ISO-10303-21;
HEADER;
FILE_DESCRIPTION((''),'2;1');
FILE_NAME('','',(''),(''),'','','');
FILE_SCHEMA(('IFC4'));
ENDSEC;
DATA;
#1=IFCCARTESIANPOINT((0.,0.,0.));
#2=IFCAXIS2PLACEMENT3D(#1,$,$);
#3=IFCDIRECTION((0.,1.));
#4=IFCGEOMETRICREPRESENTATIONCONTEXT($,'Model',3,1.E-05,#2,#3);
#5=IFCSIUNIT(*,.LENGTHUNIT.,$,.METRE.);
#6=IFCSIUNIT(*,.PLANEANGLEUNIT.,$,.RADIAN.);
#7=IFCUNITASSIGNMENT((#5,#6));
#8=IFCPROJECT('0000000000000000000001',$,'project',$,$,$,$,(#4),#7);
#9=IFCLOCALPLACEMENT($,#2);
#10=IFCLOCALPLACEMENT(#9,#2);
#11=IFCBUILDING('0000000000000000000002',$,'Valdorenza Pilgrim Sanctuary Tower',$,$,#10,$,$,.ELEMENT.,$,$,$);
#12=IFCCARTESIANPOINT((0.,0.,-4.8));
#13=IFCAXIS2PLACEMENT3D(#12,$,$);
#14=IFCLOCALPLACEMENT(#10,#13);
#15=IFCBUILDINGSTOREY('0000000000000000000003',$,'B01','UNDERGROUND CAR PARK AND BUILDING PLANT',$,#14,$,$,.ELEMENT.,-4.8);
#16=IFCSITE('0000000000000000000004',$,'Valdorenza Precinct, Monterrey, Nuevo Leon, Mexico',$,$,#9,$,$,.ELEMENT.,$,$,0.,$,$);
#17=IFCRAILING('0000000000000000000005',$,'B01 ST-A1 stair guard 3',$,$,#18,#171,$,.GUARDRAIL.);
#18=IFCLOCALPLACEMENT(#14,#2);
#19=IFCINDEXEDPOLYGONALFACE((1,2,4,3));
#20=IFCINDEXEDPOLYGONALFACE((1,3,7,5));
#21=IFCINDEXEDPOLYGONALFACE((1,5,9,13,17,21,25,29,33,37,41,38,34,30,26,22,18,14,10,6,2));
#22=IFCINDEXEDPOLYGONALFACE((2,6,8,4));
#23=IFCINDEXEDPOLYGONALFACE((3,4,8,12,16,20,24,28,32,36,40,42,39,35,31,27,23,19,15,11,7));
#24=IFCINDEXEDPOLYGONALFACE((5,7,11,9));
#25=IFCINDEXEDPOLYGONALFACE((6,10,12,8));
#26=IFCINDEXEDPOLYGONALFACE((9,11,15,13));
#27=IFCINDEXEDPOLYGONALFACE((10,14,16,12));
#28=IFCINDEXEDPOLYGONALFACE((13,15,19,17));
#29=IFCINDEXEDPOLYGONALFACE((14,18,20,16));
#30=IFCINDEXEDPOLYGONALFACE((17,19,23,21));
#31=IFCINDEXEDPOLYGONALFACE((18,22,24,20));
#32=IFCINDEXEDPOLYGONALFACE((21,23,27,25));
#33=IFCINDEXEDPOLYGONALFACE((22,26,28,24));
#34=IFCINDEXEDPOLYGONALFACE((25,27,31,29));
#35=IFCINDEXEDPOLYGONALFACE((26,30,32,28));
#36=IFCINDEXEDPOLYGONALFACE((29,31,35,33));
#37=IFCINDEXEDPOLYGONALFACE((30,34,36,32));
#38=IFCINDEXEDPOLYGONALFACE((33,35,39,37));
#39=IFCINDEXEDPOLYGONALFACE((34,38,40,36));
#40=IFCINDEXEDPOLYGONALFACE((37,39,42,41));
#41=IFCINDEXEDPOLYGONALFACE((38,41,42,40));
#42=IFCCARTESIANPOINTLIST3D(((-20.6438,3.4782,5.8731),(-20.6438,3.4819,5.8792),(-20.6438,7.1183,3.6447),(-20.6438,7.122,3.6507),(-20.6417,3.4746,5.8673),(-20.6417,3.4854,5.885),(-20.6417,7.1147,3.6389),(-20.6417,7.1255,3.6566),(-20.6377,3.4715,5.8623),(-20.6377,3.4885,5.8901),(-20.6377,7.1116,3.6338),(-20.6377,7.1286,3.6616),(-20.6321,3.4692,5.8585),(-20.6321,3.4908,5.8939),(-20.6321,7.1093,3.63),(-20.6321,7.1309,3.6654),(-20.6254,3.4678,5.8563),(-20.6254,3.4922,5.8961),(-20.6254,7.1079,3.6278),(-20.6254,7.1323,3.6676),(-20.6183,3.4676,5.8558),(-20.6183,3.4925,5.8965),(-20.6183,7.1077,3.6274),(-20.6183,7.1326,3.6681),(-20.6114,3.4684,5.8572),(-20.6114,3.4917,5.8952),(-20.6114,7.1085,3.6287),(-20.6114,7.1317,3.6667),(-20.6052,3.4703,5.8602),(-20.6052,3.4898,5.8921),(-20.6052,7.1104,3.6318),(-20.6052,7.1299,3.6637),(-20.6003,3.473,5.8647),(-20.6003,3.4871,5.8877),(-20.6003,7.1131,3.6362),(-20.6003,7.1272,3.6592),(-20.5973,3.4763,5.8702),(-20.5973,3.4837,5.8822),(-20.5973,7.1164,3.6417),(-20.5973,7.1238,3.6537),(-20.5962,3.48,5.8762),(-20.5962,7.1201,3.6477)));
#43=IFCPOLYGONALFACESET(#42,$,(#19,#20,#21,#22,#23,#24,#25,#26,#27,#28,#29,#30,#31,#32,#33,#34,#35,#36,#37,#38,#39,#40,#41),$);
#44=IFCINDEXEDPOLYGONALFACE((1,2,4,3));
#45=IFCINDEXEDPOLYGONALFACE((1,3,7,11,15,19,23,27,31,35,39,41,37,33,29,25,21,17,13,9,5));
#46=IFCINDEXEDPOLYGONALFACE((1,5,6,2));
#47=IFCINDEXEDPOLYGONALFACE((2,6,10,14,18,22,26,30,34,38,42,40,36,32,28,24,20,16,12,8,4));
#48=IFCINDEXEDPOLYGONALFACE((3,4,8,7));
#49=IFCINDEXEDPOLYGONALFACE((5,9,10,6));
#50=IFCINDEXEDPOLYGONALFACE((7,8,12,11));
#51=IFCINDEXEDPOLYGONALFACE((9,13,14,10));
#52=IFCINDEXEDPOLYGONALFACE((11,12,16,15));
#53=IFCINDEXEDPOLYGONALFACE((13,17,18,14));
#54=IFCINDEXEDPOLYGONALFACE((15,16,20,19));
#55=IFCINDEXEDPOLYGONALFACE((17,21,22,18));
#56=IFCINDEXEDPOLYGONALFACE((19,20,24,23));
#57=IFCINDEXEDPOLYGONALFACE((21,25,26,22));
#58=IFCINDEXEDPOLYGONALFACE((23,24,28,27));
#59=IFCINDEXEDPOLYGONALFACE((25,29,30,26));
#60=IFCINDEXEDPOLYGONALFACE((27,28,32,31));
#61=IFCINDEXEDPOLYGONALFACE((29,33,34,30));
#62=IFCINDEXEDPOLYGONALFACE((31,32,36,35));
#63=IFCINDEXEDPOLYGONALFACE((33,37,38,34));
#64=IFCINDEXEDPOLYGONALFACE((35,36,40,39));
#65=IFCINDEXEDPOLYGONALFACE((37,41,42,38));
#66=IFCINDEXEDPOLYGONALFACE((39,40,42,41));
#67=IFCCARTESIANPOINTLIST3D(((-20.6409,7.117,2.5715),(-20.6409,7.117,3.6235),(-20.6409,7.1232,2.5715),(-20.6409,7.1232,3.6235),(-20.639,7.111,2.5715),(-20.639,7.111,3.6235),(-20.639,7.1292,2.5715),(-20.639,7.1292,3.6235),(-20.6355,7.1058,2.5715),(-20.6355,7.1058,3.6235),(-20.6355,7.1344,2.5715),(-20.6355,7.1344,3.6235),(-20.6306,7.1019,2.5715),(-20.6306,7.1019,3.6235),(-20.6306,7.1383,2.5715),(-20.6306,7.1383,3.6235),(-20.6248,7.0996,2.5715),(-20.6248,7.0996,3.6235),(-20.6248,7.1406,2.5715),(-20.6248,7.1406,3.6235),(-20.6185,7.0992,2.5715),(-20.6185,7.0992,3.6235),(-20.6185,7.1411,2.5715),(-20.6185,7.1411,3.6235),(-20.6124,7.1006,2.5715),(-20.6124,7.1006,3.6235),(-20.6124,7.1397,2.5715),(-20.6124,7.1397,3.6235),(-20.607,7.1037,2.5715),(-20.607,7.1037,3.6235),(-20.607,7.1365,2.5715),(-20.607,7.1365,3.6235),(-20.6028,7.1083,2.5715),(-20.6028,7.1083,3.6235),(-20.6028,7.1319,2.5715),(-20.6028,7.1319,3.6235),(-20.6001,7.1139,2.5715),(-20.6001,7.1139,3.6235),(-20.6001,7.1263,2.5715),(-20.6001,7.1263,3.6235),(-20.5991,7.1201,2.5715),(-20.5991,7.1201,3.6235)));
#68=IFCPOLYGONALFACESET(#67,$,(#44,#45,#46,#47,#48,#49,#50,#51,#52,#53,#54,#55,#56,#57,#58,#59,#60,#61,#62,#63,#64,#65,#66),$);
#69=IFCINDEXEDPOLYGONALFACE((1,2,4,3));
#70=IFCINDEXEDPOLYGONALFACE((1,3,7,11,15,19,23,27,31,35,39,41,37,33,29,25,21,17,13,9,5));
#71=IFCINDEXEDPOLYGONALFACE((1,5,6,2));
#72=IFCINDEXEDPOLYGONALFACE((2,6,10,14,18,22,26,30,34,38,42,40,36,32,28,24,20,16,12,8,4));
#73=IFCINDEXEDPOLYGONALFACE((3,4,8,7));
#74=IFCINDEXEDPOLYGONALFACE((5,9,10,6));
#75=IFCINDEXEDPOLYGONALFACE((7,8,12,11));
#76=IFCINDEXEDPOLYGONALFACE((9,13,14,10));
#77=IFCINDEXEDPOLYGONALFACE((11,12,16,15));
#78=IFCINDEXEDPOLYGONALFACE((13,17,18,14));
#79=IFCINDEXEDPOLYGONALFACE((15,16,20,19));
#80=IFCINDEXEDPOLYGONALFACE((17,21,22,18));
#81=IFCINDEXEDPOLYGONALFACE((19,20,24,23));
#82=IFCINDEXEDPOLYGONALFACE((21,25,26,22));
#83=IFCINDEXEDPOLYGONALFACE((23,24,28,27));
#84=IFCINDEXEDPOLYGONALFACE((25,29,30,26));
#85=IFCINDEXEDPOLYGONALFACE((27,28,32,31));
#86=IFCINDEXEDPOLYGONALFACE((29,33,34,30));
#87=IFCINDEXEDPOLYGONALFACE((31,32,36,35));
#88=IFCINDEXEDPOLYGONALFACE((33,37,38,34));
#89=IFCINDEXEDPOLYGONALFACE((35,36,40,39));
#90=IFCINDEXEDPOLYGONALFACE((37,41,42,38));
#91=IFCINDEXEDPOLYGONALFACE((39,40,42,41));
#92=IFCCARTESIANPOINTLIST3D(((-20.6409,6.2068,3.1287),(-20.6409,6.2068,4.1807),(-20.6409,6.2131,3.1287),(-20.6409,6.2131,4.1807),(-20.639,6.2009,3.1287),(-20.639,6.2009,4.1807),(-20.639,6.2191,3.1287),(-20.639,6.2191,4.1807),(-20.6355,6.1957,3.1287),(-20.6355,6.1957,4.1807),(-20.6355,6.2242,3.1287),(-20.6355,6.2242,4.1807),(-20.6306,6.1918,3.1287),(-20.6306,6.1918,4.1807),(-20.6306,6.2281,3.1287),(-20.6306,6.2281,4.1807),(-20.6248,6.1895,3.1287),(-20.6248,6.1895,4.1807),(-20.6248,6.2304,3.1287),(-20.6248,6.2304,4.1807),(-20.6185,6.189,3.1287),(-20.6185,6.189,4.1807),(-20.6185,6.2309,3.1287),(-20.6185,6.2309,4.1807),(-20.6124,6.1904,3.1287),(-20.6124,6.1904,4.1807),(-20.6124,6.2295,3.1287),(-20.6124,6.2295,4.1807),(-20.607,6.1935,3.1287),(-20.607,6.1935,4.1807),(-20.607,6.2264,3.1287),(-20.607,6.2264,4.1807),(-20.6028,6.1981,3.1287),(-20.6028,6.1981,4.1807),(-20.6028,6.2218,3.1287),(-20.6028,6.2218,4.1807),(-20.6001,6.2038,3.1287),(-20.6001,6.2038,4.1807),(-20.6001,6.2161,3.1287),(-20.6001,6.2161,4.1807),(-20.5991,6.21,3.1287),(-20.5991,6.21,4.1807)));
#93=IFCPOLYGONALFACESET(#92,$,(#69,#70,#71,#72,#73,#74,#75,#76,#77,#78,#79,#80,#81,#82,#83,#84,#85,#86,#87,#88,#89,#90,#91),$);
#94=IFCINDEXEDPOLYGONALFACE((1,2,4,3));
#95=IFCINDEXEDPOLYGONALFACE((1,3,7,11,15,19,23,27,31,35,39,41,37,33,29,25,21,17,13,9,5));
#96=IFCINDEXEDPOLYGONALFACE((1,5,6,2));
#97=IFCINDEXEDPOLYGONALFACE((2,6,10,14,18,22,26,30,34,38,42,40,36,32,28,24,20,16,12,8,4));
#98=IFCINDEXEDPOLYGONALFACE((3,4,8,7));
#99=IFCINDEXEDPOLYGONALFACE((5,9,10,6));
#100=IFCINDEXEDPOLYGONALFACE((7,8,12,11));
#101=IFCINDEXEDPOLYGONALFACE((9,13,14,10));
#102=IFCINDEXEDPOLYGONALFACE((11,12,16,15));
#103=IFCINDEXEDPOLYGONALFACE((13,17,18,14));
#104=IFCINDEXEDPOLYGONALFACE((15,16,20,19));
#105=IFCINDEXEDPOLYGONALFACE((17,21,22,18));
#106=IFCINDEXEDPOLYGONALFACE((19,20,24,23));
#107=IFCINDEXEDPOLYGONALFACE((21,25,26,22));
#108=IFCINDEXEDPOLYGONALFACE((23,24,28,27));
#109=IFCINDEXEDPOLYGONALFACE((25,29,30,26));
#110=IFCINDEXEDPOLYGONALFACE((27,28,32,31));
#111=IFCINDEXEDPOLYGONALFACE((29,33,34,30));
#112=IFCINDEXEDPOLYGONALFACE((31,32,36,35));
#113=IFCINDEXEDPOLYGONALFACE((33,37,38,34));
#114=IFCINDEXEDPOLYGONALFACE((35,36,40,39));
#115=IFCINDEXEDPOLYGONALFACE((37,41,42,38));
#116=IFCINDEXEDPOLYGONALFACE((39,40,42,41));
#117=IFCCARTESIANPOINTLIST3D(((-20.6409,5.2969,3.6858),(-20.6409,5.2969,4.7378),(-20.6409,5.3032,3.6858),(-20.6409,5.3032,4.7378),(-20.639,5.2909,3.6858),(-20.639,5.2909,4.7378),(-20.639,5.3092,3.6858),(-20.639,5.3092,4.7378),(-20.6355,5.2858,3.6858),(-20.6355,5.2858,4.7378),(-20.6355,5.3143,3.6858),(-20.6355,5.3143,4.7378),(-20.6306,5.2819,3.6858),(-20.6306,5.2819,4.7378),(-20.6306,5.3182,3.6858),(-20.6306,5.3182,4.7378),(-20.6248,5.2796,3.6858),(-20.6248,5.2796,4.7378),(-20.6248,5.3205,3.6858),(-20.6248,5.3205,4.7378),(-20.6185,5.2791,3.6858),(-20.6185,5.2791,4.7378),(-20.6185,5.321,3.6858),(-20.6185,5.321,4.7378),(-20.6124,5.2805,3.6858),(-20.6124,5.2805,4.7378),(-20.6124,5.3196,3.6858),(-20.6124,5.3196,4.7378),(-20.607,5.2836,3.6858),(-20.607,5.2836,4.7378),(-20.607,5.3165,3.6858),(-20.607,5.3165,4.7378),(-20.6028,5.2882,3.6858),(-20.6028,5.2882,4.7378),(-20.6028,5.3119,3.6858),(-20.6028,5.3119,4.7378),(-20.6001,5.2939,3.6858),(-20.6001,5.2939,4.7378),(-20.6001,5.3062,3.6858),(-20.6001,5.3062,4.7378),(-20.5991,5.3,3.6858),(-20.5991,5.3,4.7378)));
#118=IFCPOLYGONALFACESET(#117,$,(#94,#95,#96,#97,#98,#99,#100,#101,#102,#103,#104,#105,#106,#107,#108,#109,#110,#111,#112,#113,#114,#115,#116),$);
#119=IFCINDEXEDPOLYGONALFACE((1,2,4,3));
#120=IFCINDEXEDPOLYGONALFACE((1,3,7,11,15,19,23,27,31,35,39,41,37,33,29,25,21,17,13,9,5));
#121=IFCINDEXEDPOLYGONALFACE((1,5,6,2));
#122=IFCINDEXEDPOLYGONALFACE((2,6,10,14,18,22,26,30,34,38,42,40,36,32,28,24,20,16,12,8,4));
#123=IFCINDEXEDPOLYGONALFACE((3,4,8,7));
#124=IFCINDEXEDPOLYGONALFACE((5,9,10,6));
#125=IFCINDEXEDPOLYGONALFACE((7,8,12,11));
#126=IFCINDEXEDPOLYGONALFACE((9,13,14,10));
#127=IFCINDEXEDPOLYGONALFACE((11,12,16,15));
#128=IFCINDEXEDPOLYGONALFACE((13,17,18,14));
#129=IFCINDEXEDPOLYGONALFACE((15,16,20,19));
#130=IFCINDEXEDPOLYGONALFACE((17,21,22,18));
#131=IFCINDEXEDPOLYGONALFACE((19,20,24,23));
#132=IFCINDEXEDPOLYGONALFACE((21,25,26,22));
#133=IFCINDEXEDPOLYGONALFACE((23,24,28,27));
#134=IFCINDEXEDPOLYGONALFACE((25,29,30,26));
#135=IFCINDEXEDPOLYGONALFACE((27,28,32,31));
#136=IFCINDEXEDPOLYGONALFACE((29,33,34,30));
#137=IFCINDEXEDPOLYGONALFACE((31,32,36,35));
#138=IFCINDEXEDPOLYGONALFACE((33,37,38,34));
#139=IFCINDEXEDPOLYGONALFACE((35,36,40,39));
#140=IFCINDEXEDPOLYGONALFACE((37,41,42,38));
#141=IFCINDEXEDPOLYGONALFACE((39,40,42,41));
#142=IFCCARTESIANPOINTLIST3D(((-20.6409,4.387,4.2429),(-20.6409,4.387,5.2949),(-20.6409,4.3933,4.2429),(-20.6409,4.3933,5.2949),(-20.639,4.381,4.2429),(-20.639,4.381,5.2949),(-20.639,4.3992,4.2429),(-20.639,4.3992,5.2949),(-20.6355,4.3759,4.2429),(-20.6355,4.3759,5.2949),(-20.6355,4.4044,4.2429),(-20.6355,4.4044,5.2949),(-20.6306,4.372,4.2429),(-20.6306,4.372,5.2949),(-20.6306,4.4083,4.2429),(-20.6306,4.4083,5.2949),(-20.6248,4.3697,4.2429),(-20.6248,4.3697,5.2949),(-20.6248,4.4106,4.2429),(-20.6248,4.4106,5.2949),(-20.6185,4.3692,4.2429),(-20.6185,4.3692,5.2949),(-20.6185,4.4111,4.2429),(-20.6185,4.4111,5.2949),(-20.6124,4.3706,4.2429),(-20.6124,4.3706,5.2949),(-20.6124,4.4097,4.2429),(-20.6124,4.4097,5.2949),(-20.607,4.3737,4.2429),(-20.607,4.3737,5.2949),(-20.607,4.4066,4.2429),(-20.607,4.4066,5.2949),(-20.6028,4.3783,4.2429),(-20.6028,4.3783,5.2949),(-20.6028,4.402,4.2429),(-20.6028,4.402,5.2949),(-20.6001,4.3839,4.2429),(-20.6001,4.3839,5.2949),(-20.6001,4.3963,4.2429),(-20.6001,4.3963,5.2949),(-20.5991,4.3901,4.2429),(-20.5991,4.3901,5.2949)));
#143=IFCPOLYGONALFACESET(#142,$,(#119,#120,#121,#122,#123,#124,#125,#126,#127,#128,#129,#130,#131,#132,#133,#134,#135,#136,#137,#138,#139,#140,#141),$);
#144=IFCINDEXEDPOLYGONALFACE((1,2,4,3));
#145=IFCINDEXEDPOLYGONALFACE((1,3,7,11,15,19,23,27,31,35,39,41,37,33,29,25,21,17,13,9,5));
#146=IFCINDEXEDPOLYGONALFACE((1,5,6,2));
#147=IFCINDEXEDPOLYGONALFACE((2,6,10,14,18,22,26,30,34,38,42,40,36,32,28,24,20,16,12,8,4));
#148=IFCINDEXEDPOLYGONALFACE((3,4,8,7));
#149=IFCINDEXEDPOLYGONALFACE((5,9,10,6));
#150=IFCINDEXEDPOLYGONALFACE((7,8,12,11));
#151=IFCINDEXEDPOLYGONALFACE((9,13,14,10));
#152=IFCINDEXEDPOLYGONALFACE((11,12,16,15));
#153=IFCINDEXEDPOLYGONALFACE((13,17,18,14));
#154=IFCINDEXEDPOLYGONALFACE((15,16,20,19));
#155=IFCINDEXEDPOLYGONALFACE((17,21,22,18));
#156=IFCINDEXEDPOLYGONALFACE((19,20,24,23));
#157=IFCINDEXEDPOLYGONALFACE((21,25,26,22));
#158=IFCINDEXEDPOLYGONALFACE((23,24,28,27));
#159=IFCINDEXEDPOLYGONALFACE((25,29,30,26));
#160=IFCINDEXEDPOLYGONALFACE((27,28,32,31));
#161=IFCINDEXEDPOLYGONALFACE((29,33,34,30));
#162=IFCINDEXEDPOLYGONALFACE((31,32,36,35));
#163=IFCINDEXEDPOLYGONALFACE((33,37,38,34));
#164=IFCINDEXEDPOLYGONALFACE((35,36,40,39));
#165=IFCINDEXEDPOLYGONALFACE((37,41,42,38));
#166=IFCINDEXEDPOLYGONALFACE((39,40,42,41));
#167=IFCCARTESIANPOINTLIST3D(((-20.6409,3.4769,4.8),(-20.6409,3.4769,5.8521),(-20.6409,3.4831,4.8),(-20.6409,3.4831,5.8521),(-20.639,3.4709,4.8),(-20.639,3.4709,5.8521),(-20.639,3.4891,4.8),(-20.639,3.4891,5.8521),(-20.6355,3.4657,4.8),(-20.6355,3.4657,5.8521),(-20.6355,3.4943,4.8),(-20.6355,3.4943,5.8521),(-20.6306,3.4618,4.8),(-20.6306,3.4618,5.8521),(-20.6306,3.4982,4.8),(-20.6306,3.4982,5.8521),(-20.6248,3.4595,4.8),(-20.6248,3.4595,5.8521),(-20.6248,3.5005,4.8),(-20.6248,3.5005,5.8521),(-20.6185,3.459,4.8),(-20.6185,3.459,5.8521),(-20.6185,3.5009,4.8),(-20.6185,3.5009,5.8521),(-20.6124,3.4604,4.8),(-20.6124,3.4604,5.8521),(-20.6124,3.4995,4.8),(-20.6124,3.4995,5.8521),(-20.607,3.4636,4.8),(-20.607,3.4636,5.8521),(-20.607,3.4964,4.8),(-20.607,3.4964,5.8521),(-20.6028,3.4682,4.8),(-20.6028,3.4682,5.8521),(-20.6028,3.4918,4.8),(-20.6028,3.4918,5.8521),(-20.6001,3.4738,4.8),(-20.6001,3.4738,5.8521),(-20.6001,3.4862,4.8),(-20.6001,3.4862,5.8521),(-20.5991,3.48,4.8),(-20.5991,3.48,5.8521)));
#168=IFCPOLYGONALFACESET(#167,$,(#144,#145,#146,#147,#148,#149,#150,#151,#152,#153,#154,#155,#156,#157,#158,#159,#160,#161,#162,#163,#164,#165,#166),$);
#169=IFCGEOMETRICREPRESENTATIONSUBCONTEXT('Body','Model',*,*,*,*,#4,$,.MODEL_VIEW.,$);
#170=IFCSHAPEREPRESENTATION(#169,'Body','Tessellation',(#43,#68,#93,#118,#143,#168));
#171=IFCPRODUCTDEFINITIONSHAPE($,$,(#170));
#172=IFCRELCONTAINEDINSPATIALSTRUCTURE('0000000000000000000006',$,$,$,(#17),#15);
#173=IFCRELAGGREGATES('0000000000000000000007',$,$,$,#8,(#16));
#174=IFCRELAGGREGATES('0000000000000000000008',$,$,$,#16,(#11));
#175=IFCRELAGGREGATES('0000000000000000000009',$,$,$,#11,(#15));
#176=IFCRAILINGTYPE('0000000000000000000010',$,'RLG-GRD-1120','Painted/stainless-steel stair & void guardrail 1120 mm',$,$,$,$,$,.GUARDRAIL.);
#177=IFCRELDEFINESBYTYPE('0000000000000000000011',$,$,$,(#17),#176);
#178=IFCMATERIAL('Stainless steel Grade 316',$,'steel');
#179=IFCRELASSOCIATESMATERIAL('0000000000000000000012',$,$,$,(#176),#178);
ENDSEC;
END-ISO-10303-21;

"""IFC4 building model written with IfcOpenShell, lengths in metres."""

from ifc_helpers import new_model, si_unit, direction, frame, origin, origin_2d, place, context, subcontext, project, spatial, circle, extrude, material, type_object, element, save


model = new_model("IFC4")

# Units and contexts
model_context = context("Model", 3, precision=1e-05, world=origin(), true_north=direction((0.0, 1.0)))
body_context = subcontext(model_context, "Body", "Model", "MODEL_VIEW")
ifc_project = project(units=[si_unit("LENGTHUNIT", "METRE"), si_unit("PLANEANGLEUNIT", "RADIAN")], contexts=[model_context])

# Site, building, storey
site_placement = place(None, origin())
site = spatial("IfcSite", under=ifc_project, at=site_placement, Name="Valdorenza Precinct, Monterrey, Nuevo Leon, Mexico", CompositionType="ELEMENT", RefElevation=0.0)
building_placement = place(site_placement, origin())
building = spatial("IfcBuilding", under=site, at=building_placement, Name="Valdorenza Pilgrim Sanctuary Tower", CompositionType="ELEMENT")
storey_placement = place(building_placement, frame((0.0, 0.0, -4.8)))
storey = spatial("IfcBuildingStorey", under=building, at=storey_placement, Name="B01", Description="UNDERGROUND CAR PARK AND BUILDING PLANT", CompositionType="ELEMENT", Elevation=-4.8)

# Railing
ifc_material_1 = material(Name="Stainless steel Grade 316", Category="steel")
railing_type = type_object("IfcRailingType", Name="RLG-GRD-1120", Description="Painted/stainless-steel stair & void guardrail 1120 mm", PredefinedType="GUARDRAIL", material=ifc_material_1)
railing_1_placement = place(storey_placement, frame((-20.6201, 7.1201, 2.5715)))
element("IfcRailing", 1, at=railing_1_placement, inside=storey, type_object=railing_type, Name="B01 ST-A1 stair guard 3", PredefinedType="GUARDRAIL", context=body_context, shape_type="SweptSolid", body=[
    extrude(circle(Radius=0.0239, at=origin_2d()), frame((0.0, 0.0, 1.0762), z_axis=(0.0, -0.852866, 0.52213), x_axis=(1.0, 0.0, 0.0)), (0.0, 0.0, 1.0), 4.2681),
    extrude(circle(Radius=0.021, at=origin_2d()), origin(), (0.0, 0.0, 1.0), 1.052),
    extrude(circle(Radius=0.021, at=origin_2d()), frame((0.0, -0.9102, 0.5571)), (0.0, 0.0, 1.0), 1.052),
    extrude(circle(Radius=0.021, at=origin_2d()), frame((0.0, -1.8201, 1.1143)), (0.0, 0.0, 1.0), 1.052),
    extrude(circle(Radius=0.021, at=origin_2d()), frame((0.0, -2.73, 1.6714)), (0.0, 0.0, 1.0), 1.052),
    extrude(circle(Radius=0.021, at=origin_2d()), frame((0.0, -3.6401, 2.2285)), (0.0, 0.0, 1.0), 1.052),
])

save(model, "model.ifc")
